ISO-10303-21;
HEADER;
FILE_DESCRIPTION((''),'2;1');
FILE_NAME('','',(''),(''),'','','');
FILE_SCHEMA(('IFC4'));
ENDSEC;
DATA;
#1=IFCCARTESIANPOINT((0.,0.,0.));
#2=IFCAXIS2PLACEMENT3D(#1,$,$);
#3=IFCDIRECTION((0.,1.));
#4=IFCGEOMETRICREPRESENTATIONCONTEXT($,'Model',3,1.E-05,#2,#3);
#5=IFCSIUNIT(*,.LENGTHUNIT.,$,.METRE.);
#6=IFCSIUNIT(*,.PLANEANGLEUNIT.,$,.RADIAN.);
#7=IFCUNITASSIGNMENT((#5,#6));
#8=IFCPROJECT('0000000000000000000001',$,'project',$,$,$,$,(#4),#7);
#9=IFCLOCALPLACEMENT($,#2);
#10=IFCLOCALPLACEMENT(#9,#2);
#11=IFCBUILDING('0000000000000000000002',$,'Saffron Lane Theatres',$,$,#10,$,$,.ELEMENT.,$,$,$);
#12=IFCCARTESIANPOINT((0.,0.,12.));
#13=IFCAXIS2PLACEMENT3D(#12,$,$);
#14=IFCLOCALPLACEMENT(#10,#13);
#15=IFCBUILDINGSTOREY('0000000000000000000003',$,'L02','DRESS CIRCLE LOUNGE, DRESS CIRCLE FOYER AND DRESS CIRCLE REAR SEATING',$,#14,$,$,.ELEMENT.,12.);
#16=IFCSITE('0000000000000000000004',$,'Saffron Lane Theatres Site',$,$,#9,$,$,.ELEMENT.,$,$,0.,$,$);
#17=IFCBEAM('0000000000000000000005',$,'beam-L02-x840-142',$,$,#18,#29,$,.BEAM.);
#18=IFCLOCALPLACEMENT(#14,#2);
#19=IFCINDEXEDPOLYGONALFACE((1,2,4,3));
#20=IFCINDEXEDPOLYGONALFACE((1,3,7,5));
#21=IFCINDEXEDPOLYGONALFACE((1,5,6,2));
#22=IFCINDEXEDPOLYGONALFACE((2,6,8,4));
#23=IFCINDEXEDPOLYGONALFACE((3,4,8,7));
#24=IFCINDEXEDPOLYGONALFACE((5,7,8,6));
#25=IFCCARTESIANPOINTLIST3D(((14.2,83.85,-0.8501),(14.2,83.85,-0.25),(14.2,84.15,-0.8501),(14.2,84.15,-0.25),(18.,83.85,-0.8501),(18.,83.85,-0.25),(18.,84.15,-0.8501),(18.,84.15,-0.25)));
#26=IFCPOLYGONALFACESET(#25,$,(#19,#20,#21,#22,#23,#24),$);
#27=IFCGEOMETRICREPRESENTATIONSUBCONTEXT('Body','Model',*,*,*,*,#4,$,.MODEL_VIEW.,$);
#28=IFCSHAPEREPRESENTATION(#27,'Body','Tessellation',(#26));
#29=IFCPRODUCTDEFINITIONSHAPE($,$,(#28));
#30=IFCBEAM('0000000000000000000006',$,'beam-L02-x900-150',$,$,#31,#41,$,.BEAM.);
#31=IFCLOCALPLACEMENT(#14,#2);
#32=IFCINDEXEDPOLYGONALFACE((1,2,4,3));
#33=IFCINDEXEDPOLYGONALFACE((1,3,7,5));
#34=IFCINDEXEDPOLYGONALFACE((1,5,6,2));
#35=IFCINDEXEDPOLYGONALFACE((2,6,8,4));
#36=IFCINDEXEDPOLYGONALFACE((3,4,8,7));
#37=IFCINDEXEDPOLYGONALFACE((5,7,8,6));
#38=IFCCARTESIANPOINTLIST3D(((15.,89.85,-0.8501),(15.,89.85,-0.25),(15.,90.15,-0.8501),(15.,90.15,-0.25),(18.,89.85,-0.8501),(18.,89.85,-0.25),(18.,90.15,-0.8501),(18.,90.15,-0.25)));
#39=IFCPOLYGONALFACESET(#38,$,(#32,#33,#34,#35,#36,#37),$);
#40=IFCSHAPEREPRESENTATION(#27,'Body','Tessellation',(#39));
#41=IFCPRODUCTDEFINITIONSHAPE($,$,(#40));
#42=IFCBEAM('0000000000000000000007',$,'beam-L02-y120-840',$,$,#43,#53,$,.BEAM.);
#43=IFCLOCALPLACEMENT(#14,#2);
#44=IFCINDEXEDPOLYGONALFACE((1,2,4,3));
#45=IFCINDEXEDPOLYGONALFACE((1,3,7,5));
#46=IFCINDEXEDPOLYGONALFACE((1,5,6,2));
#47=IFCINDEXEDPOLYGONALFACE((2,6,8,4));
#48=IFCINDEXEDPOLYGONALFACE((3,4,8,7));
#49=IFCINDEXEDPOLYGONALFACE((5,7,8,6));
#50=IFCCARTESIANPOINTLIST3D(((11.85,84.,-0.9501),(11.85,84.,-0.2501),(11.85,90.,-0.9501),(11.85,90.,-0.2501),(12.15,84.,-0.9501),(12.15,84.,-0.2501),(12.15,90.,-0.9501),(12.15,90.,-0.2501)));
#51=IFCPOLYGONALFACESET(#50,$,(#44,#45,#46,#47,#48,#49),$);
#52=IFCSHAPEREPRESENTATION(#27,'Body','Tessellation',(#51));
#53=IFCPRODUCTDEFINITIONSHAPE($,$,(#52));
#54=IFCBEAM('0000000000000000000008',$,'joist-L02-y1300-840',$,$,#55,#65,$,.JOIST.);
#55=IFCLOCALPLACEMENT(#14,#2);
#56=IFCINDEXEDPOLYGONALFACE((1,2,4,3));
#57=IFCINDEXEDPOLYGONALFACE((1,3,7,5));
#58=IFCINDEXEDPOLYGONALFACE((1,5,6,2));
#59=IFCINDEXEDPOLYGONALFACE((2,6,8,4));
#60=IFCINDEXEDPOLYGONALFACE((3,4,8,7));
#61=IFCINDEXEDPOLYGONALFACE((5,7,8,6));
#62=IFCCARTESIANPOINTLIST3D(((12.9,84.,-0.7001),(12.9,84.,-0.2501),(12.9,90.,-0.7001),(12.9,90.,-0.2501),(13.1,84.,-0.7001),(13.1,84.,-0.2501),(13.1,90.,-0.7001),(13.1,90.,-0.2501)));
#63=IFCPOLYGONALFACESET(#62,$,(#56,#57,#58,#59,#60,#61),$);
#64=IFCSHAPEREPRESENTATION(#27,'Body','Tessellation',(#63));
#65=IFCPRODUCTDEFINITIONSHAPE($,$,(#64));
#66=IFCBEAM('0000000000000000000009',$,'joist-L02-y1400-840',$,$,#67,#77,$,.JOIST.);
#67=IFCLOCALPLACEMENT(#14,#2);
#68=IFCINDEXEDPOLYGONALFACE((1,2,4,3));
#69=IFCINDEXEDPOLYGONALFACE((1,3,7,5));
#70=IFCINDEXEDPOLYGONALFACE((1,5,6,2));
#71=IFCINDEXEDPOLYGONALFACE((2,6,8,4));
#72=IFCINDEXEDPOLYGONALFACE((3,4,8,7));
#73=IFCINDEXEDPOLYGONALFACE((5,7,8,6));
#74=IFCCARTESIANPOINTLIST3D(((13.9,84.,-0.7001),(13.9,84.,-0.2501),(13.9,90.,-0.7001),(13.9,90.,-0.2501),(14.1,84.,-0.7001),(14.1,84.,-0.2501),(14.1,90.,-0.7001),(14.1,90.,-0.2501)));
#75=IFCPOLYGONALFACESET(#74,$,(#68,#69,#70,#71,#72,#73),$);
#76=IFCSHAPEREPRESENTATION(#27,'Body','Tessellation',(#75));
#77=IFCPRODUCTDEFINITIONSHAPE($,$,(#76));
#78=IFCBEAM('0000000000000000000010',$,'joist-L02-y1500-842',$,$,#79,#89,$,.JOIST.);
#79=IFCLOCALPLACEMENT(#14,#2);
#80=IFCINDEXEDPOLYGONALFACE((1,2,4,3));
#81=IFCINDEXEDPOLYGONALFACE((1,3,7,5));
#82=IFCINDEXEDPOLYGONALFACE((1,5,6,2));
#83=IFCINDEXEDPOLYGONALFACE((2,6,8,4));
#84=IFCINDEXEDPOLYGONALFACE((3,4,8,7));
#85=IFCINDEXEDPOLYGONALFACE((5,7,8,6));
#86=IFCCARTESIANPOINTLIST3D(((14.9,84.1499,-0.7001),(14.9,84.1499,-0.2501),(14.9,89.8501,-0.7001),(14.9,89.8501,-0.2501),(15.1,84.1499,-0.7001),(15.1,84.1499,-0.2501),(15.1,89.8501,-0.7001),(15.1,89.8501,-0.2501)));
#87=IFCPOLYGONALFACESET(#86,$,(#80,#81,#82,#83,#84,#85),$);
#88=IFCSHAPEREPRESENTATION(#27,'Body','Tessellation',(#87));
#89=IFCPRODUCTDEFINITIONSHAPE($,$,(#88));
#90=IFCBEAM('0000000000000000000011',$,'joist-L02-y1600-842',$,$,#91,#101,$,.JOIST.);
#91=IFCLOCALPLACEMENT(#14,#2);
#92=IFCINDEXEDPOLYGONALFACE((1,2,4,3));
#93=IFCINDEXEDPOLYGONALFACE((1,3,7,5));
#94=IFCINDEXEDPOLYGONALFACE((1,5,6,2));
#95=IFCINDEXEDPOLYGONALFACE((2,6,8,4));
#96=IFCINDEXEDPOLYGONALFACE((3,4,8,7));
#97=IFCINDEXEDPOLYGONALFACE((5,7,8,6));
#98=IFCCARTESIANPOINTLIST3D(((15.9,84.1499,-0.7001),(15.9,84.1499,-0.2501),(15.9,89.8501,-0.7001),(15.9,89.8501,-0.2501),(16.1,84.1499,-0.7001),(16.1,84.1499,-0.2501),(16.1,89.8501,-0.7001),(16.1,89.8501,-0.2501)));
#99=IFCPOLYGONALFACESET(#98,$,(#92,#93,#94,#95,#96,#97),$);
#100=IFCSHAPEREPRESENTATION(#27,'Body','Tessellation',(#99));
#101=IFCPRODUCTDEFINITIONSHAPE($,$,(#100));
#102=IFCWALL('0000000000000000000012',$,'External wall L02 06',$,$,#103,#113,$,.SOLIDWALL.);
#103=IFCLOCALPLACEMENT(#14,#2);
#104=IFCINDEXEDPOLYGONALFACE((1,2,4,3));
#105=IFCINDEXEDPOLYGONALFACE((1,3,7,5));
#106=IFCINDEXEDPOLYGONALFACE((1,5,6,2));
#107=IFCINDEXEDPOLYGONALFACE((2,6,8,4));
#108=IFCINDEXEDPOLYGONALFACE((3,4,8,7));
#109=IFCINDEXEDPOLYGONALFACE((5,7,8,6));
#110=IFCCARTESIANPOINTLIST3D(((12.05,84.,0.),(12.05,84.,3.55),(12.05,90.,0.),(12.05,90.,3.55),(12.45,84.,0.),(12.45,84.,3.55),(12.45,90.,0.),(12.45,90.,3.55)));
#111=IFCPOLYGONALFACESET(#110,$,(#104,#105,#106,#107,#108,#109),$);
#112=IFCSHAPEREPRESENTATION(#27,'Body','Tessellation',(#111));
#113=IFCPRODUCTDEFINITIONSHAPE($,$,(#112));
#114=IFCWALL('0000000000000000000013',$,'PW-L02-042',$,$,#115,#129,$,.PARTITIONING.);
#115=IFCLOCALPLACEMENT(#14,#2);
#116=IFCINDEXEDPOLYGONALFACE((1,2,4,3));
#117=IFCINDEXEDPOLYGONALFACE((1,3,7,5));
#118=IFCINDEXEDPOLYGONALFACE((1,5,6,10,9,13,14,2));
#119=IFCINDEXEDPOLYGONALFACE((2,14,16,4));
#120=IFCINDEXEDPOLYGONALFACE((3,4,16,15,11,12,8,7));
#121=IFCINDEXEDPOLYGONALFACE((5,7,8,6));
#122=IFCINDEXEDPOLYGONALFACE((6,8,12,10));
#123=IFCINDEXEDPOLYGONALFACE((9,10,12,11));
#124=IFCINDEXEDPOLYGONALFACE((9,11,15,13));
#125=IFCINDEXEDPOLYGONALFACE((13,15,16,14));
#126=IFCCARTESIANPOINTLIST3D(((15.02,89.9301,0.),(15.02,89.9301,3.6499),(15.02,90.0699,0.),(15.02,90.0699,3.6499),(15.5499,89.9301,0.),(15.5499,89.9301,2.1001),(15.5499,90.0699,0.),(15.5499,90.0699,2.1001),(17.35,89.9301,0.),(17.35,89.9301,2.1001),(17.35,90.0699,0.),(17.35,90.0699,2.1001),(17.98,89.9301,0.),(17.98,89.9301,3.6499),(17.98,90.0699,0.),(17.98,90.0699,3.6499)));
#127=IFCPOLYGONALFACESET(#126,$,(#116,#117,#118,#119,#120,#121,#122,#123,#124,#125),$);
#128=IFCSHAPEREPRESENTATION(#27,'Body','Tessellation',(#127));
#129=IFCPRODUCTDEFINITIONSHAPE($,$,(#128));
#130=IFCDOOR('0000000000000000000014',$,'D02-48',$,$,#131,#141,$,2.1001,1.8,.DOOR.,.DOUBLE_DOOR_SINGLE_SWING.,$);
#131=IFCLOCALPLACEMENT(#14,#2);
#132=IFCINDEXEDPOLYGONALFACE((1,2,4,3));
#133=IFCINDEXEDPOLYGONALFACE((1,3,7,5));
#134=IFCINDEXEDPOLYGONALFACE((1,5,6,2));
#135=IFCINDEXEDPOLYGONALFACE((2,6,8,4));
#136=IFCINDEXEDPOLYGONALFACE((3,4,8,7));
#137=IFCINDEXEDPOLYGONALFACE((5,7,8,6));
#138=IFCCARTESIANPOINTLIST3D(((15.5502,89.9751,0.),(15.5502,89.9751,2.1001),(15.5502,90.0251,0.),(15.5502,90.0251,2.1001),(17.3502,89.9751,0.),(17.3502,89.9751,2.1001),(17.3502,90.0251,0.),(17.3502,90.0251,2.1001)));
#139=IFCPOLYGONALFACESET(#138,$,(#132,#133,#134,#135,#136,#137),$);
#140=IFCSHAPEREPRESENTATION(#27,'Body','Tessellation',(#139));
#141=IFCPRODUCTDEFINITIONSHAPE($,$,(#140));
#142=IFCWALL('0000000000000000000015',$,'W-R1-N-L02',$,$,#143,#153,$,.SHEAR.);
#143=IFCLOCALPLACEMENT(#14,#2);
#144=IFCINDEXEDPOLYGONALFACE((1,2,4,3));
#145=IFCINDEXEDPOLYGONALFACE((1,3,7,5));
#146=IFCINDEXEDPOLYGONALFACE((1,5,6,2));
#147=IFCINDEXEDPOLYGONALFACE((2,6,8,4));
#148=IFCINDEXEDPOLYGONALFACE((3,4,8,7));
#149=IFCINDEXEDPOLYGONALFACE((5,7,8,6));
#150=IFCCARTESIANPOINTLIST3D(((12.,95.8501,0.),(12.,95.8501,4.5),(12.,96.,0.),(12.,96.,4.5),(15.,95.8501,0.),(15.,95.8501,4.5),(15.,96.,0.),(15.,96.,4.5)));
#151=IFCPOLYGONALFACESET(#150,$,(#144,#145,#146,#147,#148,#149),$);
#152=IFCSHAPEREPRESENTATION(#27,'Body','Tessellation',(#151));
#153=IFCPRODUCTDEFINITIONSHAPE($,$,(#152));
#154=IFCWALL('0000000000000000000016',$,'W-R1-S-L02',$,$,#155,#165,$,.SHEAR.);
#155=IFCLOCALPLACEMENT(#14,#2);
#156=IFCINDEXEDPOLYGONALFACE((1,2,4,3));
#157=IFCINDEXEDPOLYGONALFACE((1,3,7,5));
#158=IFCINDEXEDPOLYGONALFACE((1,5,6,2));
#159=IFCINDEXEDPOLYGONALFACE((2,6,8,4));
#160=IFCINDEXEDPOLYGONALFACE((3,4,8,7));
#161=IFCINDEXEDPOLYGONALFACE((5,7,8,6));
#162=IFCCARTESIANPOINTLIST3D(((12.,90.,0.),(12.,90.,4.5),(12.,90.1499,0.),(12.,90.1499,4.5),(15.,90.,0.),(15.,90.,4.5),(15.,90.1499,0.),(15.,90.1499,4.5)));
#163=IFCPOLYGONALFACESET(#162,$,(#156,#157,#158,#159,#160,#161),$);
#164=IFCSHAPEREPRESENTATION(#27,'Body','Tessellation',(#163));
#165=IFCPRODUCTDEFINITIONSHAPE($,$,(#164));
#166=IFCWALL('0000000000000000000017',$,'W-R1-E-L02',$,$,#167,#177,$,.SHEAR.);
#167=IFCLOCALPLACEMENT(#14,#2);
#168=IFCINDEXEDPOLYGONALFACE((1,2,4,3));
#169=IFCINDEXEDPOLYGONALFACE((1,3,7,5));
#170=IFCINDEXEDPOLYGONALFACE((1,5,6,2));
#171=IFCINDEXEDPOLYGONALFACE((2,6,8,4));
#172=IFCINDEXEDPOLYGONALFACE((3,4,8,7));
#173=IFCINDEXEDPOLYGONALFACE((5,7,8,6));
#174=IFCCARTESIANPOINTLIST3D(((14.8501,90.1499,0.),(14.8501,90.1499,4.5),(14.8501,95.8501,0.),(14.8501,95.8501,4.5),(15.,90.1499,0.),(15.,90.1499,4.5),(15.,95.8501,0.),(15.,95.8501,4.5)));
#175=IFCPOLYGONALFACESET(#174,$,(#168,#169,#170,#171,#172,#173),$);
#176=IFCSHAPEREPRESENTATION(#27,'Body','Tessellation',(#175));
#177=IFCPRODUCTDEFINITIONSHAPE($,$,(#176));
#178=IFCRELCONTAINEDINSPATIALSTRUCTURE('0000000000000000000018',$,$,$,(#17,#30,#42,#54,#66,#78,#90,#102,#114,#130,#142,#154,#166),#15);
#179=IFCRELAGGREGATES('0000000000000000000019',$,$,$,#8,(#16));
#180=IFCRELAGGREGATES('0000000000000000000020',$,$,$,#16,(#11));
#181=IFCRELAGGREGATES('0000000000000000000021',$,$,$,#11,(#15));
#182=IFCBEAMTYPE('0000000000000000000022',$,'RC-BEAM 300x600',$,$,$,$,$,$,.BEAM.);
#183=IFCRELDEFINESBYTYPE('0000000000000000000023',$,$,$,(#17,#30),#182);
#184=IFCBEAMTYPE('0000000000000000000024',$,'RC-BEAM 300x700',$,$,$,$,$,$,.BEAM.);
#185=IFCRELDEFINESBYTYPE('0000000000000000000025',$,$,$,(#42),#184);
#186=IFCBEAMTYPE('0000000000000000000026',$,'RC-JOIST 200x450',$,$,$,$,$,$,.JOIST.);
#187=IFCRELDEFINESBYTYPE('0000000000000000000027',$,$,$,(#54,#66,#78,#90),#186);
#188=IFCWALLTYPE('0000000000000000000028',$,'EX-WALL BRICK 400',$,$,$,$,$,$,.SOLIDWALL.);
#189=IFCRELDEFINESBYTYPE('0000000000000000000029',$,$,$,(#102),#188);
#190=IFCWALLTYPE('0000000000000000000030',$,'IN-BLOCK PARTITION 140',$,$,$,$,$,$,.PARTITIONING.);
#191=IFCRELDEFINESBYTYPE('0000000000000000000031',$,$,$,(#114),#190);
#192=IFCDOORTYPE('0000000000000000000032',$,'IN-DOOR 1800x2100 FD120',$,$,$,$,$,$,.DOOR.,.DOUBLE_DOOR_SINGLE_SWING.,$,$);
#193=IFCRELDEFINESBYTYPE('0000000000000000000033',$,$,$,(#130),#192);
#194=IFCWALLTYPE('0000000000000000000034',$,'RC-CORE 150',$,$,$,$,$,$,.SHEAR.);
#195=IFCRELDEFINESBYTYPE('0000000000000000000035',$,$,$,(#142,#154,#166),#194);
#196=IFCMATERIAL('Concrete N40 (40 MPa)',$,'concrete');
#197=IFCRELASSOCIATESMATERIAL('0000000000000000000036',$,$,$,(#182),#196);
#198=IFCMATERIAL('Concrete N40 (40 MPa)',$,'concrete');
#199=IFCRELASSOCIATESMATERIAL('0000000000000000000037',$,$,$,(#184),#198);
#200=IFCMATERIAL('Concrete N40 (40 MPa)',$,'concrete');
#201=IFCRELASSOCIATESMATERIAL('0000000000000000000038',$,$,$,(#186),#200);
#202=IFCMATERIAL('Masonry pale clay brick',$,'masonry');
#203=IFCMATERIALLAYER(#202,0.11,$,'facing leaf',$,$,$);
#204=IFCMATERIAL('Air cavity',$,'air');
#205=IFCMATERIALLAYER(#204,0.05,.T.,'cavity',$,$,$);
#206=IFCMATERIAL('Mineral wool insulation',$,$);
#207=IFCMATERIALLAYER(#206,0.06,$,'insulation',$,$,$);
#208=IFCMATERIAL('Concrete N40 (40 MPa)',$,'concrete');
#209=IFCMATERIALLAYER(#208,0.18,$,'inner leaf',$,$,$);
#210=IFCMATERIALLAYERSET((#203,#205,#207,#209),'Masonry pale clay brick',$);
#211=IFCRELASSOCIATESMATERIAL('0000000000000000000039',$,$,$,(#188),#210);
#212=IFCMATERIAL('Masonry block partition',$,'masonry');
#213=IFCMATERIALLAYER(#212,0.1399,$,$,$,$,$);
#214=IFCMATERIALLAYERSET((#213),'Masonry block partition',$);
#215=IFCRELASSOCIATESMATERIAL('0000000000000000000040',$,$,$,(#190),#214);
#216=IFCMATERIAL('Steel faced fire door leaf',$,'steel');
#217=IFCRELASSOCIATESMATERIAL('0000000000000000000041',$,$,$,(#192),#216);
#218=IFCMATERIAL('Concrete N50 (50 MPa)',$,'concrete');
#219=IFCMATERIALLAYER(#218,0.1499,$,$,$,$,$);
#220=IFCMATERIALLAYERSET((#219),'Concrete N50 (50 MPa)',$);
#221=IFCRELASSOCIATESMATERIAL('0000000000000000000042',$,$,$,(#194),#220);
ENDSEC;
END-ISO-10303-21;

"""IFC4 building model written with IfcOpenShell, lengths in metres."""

from ifc_helpers import new_model, si_unit, direction, frame, frame_2d, origin, origin_2d, place, context, subcontext, project, spatial, rectangle, extrude, material, layer, layer_set, material_profile, profile_set, type_object, element, fill, save


model = new_model("IFC4")

# Units and contexts
model_context = context("Model", 3, precision=1e-05, world=origin(), true_north=direction((0.0, 1.0)))
body_context = subcontext(model_context, "Body", "Model", "MODEL_VIEW")
ifc_project = project(units=[si_unit("LENGTHUNIT", "METRE"), si_unit("PLANEANGLEUNIT", "RADIAN")], contexts=[model_context])

# Site, building, storey
site_placement = place(None, origin())
site = spatial("IfcSite", under=ifc_project, at=site_placement, Name="Saffron Lane Theatres Site", CompositionType="ELEMENT", RefElevation=0.0)
building_placement = place(site_placement, origin())
building = spatial("IfcBuilding", under=site, at=building_placement, Name="Saffron Lane Theatres", CompositionType="ELEMENT")
storey_placement = place(building_placement, frame((0.0, 0.0, 12.0)))
storey = spatial("IfcBuildingStorey", under=building, at=storey_placement, Name="L02", Description="DRESS CIRCLE LOUNGE, DRESS CIRCLE FOYER AND DRESS CIRCLE REAR SEATING", CompositionType="ELEMENT", Elevation=12.0)

# Beams
ifc_material_1 = material(Name="Concrete N40 (40 MPa)", Category="concrete")
ifc_material_profile_1 = material_profile(ifc_material_1, rectangle(XDim=0.3, YDim=0.6001, at=origin_2d()))
ifc_profile_set_1 = profile_set([ifc_material_profile_1], Name="Concrete N40 (40 MPa)")
beam_type_1 = type_object("IfcBeamType", Name="RC-BEAM 300x600", PredefinedType="BEAM", material=ifc_profile_set_1)
beam_1_placement = place(storey_placement, frame((14.2, 84.0, -0.55), z_axis=(1.0, 0.0, 0.0), x_axis=(0.0, 1.0, 0.0)))
element("IfcBeam", 1, at=beam_1_placement, inside=storey, type_object=beam_type_1, Name="beam-L02-x840-142", PredefinedType="BEAM", context=body_context, shape_type="SweptSolid", body=[
    extrude(rectangle(XDim=0.3, YDim=0.6001, at=origin_2d()), origin(), (0.0, 0.0, 1.0), 3.8),
])
beam_2_placement = place(storey_placement, frame((15.0, 90.0, -0.55), z_axis=(1.0, 0.0, 0.0), x_axis=(0.0, 1.0, 0.0)))
element("IfcBeam", 2, at=beam_2_placement, inside=storey, type_object=beam_type_1, Name="beam-L02-x900-150", PredefinedType="BEAM", context=body_context, shape_type="SweptSolid", body=[
    extrude(rectangle(XDim=0.3, YDim=0.6001, at=origin_2d()), origin(), (0.0, 0.0, 1.0), 3.0),
])
ifc_material_2 = material(Name="Concrete N40 (40 MPa)", Category="concrete")
ifc_material_profile_2 = material_profile(ifc_material_2, rectangle(XDim=0.3, YDim=0.7, at=origin_2d()))
ifc_profile_set_2 = profile_set([ifc_material_profile_2], Name="Concrete N40 (40 MPa)")
beam_type_2 = type_object("IfcBeamType", Name="RC-BEAM 300x700", PredefinedType="BEAM", material=ifc_profile_set_2)
beam_3_placement = place(storey_placement, frame((12.0, 84.0, -0.6001), z_axis=(0.0, 1.0, 0.0), x_axis=(-1.0, 0.0, 0.0)))
element("IfcBeam", 3, at=beam_3_placement, inside=storey, type_object=beam_type_2, Name="beam-L02-y120-840", PredefinedType="BEAM", context=body_context, shape_type="SweptSolid", body=[
    extrude(rectangle(XDim=0.3, YDim=0.7, at=origin_2d()), origin(), (0.0, 0.0, 1.0), 6.0),
])
ifc_material_3 = material(Name="Concrete N40 (40 MPa)", Category="concrete")
ifc_material_profile_3 = material_profile(ifc_material_3, rectangle(XDim=0.2, YDim=0.45, at=origin_2d()))
ifc_profile_set_3 = profile_set([ifc_material_profile_3], Name="Concrete N40 (40 MPa)")
beam_type_3 = type_object("IfcBeamType", Name="RC-JOIST 200x450", PredefinedType="JOIST", material=ifc_profile_set_3)
for number, where, z_axis, x_axis, name in (
    (4, (13.0, 84.0, -0.4751), (0.0, 1.0, 0.0), (-1.0, 0.0, 0.0), "joist-L02-y1300-840"),
    (5, (14.0, 84.0, -0.4751), (0.0, 1.0, 0.0), (-1.0, 0.0, 0.0), "joist-L02-y1400-840"),
):
    element("IfcBeam", number, at=place(storey_placement, frame(where, z_axis=z_axis, x_axis=x_axis)), inside=storey, type_object=beam_type_3, Name=name, PredefinedType="JOIST", context=body_context, shape_type="SweptSolid", body=[
        extrude(rectangle(XDim=0.2, YDim=0.45, at=origin_2d()), origin(), (0.0, 0.0, 1.0), 6.0),
    ])
for number, where, z_axis, x_axis, name in (
    (6, (15.0, 84.1499, -0.4751), (0.0, 1.0, 0.0), (-1.0, 0.0, 0.0), "joist-L02-y1500-842"),
    (7, (16.0, 84.1499, -0.4751), (0.0, 1.0, 0.0), (-1.0, 0.0, 0.0), "joist-L02-y1600-842"),
):
    element("IfcBeam", number, at=place(storey_placement, frame(where, z_axis=z_axis, x_axis=x_axis)), inside=storey, type_object=beam_type_3, Name=name, PredefinedType="JOIST", context=body_context, shape_type="SweptSolid", body=[
        extrude(rectangle(XDim=0.2, YDim=0.45, at=origin_2d()), origin(), (0.0, 0.0, 1.0), 5.7002),
    ])

# Wall
ifc_material_4 = material(Name="Masonry pale clay brick", Category="masonry")
ifc_layer_1 = layer(ifc_material_4, 0.11, Name="facing leaf")
ifc_material_5 = material(Name="Air cavity", Category="air")
ifc_layer_2 = layer(ifc_material_5, 0.05, ventilated=True, Name="cavity")
ifc_material_6 = material(Name="Mineral wool insulation")
ifc_layer_3 = layer(ifc_material_6, 0.06, Name="insulation")
ifc_material_7 = material(Name="Concrete N40 (40 MPa)", Category="concrete")
ifc_layer_4 = layer(ifc_material_7, 0.18, Name="inner leaf")
ifc_layer_set_1 = layer_set([ifc_layer_1, ifc_layer_2, ifc_layer_3, ifc_layer_4], Name="Masonry pale clay brick")
wall_type_1 = type_object("IfcWallType", Name="EX-WALL BRICK 400", PredefinedType="SOLIDWALL", material=ifc_layer_set_1)
wall_1_placement = place(storey_placement, frame((12.25, 84.0, 0.0), z_axis=(0.0, 0.0, 1.0), x_axis=(0.0, 1.0, 0.0)))
element("IfcWall", 8, at=wall_1_placement, inside=storey, type_object=wall_type_1, Name="External wall L02 06", PredefinedType="SOLIDWALL", context=body_context, shape_type="SweptSolid", body=[
    extrude(rectangle(XDim=6.0, YDim=0.3999, at=frame_2d((3.0, 0.0))), origin(), (0.0, 0.0, 1.0), 3.55),
])

# Wall, opening, door
ifc_material_8 = material(Name="Masonry block partition", Category="masonry")
ifc_layer_5 = layer(ifc_material_8, 0.1399)
ifc_layer_set_2 = layer_set([ifc_layer_5], Name="Masonry block partition")
wall_type_2 = type_object("IfcWallType", Name="IN-BLOCK PARTITION 140", PredefinedType="PARTITIONING", material=ifc_layer_set_2)
wall_2_placement = place(storey_placement, frame((15.02, 90.0, 0.0), z_axis=(0.0, 0.0, 1.0), x_axis=(1.0, 0.0, 0.0)))
wall_2 = element("IfcWall", 9, at=wall_2_placement, inside=storey, type_object=wall_type_2, Name="PW-L02-042", PredefinedType="PARTITIONING", context=body_context, shape_type="SweptSolid", body=[
    extrude(rectangle(XDim=2.96, YDim=0.1399, at=frame_2d((1.48, 0.0))), origin(), (0.0, 0.0, 1.0), 3.6499),
])
opening_1_placement = place(wall_2_placement, frame((0.53, 0.0, 0.0)))
opening_1 = element("IfcOpeningElement", 10, at=opening_1_placement, cuts=wall_2, PredefinedType="OPENING", context=body_context, shape_type="SweptSolid", body=[
    extrude(rectangle(XDim=1.8, YDim=2.1001, at=frame_2d((0.8999, 1.05))), frame((0.0, 0.0801, 0.0), z_axis=(0.0, -1.0, 0.0), x_axis=(1.0, 0.0, 0.0)), (0.0, 0.0, 1.0), 0.1599),
])
ifc_material_9 = material(Name="Steel faced fire door leaf", Category="steel")
door_type = type_object("IfcDoorType", Name="IN-DOOR 1800x2100 FD120", OperationType="DOUBLE_DOOR_SINGLE_SWING", PredefinedType="DOOR", material=ifc_material_9)
door_placement = place(opening_1_placement, frame((1.8, 0.0, 0.0), z_axis=(0.0, 0.0, 1.0), x_axis=(-1.0, 0.0, 0.0)))
door = element("IfcDoor", 11, at=door_placement, inside=storey, type_object=door_type, Name="D02-48", OperationType="DOUBLE_DOOR_SINGLE_SWING", OverallHeight=2.1001, OverallWidth=1.8, PredefinedType="DOOR", context=body_context, shape_type="SweptSolid", body=[
    extrude(rectangle(XDim=1.8, YDim=2.1001, at=frame_2d((0.8999, 1.05))), frame((0.0, 0.0249, 0.0), z_axis=(0.0, -1.0, 0.0), x_axis=(1.0, 0.0, 0.0)), (0.0, 0.0, 1.0), 0.05),
])
fill(opening_1, door)

# Walls
ifc_material_10 = material(Name="Concrete N50 (50 MPa)", Category="concrete")
ifc_layer_6 = layer(ifc_material_10, 0.1499)
ifc_layer_set_3 = layer_set([ifc_layer_6], Name="Concrete N50 (50 MPa)")
wall_type_3 = type_object("IfcWallType", Name="RC-CORE 150", PredefinedType="SHEAR", material=ifc_layer_set_3)
for number, where, z_axis, x_axis, name in (
    (12, (12.0, 95.925, 0.0), (0.0, 0.0, 1.0), (1.0, 0.0, 0.0), "W-R1-N-L02"),
    (13, (12.0, 90.075, 0.0), (0.0, 0.0, 1.0), (1.0, 0.0, 0.0), "W-R1-S-L02"),
):
    element("IfcWall", number, at=place(storey_placement, frame(where, z_axis=z_axis, x_axis=x_axis)), inside=storey, type_object=wall_type_3, Name=name, PredefinedType="SHEAR", context=body_context, shape_type="SweptSolid", body=[
        extrude(rectangle(XDim=3.0, YDim=0.1499, at=frame_2d((1.5, 0.0))), origin(), (0.0, 0.0, 1.0), 4.5),
    ])
wall_3_placement = place(storey_placement, frame((14.925, 90.1499, 0.0), z_axis=(0.0, 0.0, 1.0), x_axis=(0.0, 1.0, 0.0)))
element("IfcWall", 14, at=wall_3_placement, inside=storey, type_object=wall_type_3, Name="W-R1-E-L02", PredefinedType="SHEAR", context=body_context, shape_type="SweptSolid", body=[
    extrude(rectangle(XDim=5.7002, YDim=0.1499, at=frame_2d((2.8501, 0.0))), origin(), (0.0, 0.0, 1.0), 4.5),
])

save(model, "model.ifc")
